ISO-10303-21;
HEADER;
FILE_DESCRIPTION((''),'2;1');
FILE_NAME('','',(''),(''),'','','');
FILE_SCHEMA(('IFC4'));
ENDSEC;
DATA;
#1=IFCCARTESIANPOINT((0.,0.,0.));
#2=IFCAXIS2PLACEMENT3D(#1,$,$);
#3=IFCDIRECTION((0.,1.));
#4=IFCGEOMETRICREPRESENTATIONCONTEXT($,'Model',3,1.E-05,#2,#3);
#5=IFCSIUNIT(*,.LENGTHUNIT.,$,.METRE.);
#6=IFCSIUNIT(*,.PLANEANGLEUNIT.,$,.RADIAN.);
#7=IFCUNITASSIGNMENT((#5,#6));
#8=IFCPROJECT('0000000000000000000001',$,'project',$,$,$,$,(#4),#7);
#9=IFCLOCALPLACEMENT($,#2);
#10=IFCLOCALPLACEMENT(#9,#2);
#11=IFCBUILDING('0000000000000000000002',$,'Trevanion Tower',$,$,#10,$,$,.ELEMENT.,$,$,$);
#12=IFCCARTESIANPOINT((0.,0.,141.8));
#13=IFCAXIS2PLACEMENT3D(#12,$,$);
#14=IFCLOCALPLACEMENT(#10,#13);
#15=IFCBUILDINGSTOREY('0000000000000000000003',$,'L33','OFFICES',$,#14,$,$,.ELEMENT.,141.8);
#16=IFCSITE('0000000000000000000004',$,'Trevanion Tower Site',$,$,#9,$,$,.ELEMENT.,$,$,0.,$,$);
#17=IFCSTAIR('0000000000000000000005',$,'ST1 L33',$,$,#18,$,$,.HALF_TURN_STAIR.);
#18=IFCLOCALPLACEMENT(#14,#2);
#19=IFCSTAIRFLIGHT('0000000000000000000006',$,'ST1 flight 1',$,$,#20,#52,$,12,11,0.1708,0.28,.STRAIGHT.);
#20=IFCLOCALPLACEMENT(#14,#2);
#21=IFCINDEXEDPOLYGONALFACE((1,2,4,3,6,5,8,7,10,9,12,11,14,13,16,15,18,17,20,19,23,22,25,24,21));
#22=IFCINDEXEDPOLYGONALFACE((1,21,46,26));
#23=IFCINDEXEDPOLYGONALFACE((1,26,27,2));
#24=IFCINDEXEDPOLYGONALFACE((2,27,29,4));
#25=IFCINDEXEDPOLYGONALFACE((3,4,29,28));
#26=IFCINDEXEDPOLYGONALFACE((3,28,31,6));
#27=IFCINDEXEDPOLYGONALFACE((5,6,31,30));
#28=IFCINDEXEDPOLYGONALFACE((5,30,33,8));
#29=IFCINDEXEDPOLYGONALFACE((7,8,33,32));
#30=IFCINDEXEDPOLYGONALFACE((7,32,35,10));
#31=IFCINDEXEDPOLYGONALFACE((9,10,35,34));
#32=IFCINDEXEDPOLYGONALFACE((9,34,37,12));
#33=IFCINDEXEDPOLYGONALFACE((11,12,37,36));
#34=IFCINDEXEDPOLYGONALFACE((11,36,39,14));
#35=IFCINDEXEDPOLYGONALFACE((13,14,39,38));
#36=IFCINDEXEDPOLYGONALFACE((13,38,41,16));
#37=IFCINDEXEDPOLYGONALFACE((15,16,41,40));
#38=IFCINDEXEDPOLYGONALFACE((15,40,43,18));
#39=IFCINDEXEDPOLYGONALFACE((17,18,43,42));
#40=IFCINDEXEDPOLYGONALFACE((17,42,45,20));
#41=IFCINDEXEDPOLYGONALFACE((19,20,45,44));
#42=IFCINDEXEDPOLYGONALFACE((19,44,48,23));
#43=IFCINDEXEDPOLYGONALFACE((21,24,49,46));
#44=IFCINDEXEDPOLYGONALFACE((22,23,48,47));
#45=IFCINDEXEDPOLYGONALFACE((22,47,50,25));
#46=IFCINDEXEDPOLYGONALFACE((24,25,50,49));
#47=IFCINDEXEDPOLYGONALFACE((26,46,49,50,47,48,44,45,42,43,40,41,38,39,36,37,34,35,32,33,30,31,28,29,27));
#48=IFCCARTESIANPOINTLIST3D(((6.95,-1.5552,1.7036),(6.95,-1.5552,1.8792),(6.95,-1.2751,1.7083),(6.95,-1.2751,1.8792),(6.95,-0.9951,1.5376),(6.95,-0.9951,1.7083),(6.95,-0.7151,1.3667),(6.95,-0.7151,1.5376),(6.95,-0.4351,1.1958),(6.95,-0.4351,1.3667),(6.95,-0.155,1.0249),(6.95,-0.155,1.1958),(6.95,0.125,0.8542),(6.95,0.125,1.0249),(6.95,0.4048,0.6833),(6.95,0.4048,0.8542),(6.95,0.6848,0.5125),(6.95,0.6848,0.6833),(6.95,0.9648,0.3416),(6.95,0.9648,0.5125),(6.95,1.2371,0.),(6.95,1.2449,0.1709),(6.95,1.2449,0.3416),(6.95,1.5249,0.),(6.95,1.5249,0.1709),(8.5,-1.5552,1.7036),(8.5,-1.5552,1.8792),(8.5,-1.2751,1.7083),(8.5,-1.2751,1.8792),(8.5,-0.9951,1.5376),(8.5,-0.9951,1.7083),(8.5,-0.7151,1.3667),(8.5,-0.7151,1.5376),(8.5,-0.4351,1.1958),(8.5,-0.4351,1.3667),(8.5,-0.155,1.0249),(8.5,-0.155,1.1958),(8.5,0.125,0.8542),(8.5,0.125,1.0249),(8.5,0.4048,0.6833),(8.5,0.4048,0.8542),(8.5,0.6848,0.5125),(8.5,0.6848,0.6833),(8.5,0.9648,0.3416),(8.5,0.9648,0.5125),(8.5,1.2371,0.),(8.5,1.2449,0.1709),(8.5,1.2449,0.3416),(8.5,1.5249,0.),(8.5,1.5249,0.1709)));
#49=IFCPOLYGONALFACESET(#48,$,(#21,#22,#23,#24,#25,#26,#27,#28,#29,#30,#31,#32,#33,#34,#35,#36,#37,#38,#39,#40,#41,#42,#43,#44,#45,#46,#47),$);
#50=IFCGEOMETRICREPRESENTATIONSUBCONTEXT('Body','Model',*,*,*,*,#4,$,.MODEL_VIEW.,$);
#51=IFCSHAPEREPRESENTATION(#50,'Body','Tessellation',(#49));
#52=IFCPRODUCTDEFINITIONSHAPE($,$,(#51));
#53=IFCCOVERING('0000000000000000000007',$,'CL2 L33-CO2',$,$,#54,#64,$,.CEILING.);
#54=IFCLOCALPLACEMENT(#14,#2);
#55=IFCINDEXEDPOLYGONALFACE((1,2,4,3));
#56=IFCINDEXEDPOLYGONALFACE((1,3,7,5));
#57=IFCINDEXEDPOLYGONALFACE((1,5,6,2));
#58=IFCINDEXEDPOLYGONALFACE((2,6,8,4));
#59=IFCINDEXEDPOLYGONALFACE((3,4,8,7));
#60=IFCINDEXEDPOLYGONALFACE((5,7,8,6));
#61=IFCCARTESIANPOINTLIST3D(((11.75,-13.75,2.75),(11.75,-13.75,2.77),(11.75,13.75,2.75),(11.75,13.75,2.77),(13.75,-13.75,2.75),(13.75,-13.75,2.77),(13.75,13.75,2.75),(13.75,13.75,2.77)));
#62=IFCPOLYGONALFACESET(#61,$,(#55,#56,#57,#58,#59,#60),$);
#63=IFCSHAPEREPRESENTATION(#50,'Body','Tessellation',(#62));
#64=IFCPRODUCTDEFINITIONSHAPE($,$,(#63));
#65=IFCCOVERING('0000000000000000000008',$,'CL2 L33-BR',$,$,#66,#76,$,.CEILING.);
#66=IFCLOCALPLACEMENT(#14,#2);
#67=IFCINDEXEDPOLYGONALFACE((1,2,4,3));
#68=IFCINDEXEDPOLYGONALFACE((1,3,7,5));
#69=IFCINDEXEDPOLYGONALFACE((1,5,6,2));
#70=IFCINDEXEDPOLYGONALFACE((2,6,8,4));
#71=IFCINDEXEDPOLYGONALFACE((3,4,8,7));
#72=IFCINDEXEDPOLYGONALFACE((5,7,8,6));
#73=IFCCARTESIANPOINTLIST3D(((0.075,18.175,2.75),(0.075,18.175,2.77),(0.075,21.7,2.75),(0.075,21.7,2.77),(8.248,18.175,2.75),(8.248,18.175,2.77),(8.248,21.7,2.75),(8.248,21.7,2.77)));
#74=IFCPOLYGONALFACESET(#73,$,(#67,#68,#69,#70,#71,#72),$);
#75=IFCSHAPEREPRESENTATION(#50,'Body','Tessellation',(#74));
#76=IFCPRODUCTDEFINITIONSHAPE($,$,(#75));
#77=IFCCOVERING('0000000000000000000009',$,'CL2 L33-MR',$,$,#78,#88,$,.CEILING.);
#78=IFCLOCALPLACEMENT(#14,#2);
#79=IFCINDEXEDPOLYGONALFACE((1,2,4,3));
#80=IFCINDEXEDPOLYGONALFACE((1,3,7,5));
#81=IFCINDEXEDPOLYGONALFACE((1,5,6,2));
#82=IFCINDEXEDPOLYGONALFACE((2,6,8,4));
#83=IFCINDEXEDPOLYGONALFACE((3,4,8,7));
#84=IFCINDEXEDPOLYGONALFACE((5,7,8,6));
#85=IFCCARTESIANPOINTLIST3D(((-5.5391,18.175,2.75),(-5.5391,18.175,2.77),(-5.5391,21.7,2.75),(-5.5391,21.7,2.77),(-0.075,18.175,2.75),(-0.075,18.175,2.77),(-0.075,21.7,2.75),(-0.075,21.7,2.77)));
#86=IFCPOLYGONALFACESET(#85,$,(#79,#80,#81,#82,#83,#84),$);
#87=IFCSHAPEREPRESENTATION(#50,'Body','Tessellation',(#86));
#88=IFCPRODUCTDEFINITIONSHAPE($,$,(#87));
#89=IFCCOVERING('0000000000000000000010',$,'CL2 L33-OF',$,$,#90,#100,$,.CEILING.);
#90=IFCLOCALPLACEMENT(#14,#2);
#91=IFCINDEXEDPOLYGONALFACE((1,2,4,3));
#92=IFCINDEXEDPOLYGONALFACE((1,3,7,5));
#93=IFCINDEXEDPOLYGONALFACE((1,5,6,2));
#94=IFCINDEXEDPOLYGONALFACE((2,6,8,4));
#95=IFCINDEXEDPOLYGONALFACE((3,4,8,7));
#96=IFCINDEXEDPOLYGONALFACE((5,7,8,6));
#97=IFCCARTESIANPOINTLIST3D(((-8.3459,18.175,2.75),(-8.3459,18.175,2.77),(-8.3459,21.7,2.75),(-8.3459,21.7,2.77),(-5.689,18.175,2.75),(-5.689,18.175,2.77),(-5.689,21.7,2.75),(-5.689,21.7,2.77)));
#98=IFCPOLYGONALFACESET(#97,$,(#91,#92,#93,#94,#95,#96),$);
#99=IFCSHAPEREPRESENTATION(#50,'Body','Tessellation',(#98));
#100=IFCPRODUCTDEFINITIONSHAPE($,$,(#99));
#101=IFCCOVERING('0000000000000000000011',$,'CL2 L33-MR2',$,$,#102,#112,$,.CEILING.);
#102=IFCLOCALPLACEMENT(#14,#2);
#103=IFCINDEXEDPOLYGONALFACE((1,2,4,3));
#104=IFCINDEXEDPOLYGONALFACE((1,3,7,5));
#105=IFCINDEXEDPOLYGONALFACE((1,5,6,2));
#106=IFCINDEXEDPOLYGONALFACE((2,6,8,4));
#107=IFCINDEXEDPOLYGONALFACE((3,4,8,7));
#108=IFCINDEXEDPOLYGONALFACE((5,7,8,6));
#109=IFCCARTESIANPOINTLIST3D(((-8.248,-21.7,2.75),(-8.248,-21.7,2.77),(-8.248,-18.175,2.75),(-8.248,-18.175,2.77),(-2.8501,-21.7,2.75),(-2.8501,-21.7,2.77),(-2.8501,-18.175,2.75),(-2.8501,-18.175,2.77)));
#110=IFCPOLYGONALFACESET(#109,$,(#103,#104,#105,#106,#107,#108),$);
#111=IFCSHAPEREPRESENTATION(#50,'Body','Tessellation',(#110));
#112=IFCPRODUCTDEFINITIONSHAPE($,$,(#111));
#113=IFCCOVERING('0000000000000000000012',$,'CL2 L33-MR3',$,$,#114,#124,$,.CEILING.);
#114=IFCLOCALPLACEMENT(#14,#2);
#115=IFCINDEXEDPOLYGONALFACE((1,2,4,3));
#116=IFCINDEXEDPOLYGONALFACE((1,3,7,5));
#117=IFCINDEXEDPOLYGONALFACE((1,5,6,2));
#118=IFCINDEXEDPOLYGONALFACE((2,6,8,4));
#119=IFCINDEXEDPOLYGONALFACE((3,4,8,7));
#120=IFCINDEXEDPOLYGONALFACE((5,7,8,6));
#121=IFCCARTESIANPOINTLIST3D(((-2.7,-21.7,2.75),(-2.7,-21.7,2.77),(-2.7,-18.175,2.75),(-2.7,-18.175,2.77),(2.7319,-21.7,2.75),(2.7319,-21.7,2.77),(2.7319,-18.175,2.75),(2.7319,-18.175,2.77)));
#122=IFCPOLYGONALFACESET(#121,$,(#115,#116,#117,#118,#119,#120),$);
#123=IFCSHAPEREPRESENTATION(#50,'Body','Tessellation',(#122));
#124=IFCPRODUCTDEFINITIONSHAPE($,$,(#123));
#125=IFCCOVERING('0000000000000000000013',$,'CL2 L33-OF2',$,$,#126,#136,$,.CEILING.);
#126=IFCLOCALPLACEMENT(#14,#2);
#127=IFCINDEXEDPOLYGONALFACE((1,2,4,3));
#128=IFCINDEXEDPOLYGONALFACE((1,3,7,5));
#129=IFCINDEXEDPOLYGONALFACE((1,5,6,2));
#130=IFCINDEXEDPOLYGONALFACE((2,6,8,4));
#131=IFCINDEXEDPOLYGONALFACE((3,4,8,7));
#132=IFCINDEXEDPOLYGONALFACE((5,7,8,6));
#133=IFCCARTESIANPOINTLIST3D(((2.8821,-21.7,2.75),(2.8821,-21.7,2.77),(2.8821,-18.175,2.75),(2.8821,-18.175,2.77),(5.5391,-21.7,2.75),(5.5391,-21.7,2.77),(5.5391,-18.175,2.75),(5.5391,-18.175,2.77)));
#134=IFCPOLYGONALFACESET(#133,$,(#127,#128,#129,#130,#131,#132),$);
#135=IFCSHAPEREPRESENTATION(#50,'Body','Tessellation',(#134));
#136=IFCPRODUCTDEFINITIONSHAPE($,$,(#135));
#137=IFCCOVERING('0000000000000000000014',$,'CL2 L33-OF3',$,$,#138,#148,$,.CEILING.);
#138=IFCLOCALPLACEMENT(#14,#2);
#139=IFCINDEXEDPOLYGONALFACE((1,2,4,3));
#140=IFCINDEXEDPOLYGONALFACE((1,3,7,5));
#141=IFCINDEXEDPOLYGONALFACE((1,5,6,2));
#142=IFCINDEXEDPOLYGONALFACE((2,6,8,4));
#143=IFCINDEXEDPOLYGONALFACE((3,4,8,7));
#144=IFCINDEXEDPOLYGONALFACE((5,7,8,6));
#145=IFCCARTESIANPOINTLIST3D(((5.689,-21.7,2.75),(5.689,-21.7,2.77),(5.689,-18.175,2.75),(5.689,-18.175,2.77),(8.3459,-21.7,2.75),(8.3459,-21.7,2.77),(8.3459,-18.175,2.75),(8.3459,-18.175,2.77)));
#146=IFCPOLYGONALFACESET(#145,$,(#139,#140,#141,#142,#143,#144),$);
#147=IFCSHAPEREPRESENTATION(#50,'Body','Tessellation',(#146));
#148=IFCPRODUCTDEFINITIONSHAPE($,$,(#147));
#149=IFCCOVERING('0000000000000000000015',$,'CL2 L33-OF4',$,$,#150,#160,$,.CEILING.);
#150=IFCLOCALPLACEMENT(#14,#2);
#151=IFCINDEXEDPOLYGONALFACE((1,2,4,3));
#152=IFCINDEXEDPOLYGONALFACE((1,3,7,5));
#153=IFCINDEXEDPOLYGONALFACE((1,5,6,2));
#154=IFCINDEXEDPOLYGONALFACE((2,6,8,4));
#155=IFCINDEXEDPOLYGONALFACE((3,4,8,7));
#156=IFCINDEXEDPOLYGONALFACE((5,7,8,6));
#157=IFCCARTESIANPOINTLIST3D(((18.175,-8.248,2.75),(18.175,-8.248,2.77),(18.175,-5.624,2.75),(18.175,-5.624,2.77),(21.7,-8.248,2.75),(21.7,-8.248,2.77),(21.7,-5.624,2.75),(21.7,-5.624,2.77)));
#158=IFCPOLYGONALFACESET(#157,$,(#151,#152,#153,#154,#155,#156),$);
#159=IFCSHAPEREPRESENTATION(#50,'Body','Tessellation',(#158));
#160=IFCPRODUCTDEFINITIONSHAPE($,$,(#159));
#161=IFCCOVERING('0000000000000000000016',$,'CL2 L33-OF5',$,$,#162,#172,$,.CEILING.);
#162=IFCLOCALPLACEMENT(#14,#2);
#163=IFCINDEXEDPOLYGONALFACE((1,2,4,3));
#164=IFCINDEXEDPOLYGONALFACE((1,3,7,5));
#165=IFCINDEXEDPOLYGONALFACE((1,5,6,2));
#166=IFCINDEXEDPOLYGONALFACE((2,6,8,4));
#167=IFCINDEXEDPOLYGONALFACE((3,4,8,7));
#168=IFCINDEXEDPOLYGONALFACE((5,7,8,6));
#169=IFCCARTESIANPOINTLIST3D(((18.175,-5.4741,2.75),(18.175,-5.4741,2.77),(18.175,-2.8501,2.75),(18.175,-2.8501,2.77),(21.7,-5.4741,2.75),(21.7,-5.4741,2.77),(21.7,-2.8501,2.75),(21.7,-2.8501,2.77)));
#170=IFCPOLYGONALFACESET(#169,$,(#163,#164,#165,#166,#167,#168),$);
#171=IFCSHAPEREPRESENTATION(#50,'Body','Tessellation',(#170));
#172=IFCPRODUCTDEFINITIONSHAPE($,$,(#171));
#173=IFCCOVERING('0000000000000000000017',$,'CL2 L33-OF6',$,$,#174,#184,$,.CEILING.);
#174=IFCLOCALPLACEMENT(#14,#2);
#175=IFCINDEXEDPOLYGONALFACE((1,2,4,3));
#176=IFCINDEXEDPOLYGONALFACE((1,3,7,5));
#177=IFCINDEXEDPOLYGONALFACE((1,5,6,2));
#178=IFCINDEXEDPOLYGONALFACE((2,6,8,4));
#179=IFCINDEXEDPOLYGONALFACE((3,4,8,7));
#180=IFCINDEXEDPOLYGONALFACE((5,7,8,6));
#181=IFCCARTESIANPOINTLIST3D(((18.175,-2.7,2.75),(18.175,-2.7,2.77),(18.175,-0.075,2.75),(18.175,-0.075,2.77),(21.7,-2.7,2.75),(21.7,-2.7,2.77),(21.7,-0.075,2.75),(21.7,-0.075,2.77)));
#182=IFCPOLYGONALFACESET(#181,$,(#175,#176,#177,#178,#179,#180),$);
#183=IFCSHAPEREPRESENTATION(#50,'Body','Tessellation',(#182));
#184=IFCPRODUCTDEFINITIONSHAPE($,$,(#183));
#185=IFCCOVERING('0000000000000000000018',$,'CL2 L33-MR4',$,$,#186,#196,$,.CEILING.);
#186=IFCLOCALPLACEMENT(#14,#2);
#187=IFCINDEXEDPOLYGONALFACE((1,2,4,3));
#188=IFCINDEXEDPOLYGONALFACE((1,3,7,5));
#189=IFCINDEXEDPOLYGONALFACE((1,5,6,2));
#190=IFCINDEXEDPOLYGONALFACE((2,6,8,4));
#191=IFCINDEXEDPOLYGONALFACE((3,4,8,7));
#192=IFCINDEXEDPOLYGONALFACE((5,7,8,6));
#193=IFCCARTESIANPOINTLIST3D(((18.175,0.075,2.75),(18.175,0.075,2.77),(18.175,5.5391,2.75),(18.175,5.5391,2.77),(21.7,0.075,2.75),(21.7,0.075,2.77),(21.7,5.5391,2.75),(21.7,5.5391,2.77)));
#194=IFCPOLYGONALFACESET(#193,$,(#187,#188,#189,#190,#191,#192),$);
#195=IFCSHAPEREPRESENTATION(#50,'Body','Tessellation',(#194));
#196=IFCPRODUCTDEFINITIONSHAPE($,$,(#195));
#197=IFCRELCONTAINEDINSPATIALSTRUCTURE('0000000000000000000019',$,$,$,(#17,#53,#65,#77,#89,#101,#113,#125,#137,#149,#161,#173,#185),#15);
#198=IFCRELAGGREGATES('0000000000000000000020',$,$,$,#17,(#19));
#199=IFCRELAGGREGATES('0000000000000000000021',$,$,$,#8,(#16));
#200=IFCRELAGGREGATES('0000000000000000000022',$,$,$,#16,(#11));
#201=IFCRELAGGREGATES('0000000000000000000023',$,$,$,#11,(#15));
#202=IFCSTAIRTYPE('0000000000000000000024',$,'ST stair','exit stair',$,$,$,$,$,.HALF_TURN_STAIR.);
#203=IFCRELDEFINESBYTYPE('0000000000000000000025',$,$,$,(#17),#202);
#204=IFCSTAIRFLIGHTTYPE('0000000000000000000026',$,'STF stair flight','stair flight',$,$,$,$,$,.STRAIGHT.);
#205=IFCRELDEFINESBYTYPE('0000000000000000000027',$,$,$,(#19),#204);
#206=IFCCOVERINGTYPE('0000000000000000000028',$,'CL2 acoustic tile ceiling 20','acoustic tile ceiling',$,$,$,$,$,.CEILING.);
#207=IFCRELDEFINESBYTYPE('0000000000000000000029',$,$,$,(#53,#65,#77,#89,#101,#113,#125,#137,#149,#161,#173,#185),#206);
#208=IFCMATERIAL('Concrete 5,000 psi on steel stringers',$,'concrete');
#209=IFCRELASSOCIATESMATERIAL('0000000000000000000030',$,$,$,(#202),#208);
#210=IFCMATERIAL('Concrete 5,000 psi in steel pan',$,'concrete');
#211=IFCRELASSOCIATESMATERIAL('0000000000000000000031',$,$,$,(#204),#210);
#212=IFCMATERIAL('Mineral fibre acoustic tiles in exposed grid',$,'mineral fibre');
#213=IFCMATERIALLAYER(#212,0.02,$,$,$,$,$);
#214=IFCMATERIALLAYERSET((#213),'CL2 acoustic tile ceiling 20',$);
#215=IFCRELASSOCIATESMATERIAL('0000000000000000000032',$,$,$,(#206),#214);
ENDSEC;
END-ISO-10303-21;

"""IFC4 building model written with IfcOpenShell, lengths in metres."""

from ifc_helpers import new_model, si_unit, direction, frame, origin, place, context, subcontext, project, spatial, polyline, outline, extrude, material, layer, layer_set, type_object, element, aggregate, save


model = new_model("IFC4")

# Units and contexts
model_context = context("Model", 3, precision=1e-05, world=origin(), true_north=direction((0.0, 1.0)))
body_context = subcontext(model_context, "Body", "Model", "MODEL_VIEW")
ifc_project = project(units=[si_unit("LENGTHUNIT", "METRE"), si_unit("PLANEANGLEUNIT", "RADIAN")], contexts=[model_context])

# Site, building, storey
site_placement = place(None, origin())
site = spatial("IfcSite", under=ifc_project, at=site_placement, Name="Trevanion Tower Site", CompositionType="ELEMENT", RefElevation=0.0)
building_placement = place(site_placement, origin())
building = spatial("IfcBuilding", under=site, at=building_placement, Name="Trevanion Tower", CompositionType="ELEMENT")
storey_placement = place(building_placement, frame((0.0, 0.0, 141.8)))
storey = spatial("IfcBuildingStorey", under=building, at=storey_placement, Name="L33", Description="OFFICES", CompositionType="ELEMENT", Elevation=141.8)

# Stair, stair flight
ifc_material_1 = material(Name="Concrete 5,000 psi on steel stringers", Category="concrete")
stair_type = type_object("IfcStairType", Name="ST stair", Description="exit stair", PredefinedType="HALF_TURN_STAIR", material=ifc_material_1)
stair_placement = place(storey_placement, origin())
stair = element("IfcStair", 1, at=stair_placement, inside=storey, type_object=stair_type, Name="ST1 L33", PredefinedType="HALF_TURN_STAIR")
ifc_material_2 = material(Name="Concrete 5,000 psi in steel pan", Category="concrete")
stair_flight_type = type_object("IfcStairFlightType", Name="STF stair flight", Description="stair flight", PredefinedType="STRAIGHT", material=ifc_material_2)
stair_flight_placement = place(storey_placement, frame((7.7251, 1.5249, 0.0), z_axis=(0.0, 0.0, 1.0), x_axis=(0.0, -1.0, 0.0)))
stair_flight = element("IfcStairFlight", 2, at=stair_flight_placement, type_object=stair_flight_type, Name="ST1 flight 1", NumberOfRisers=12, NumberOfTreads=11, PredefinedType="STRAIGHT", RiserHeight=0.1708, TreadLength=0.28, context=body_context, shape_type="SweptSolid", body=[
    extrude(outline(polyline([(0.0, 0.0), (0.0, 0.1709), (0.28, 0.1709), (0.28, 0.3416), (0.5601, 0.3416), (0.5601, 0.5125), (0.8401, 0.5125), (0.8401, 0.6833), (1.1201, 0.6833), (1.1201, 0.8542), (1.3999, 0.8542), (1.3999, 1.0249), (1.6799, 1.0249), (1.6799, 1.1958), (1.96, 1.1958), (1.96, 1.3667), (2.24, 1.3667), (2.24, 1.5376), (2.52, 1.5376), (2.52, 1.7083), (2.8, 1.7083), (2.8, 1.8792), (3.0801, 1.8792), (3.0801, 2.05), (3.0801, 1.7036), (0.2878, 0.0), (0.0, 0.0)])), frame((0.0, 0.7749, 0.0), z_axis=(0.0, -1.0, 0.0), x_axis=(1.0, 0.0, 0.0)), (0.0, 0.0, 1.0), 1.55),
])
aggregate(stair, [stair_flight])

# Coverings
ifc_material_3 = material(Name="Mineral fibre acoustic tiles in exposed grid", Category="mineral fibre")
ifc_layer_1 = layer(ifc_material_3, 0.02)
ifc_layer_set_1 = layer_set([ifc_layer_1], Name="CL2 acoustic tile ceiling 20")
covering_type_1 = type_object("IfcCoveringType", Name="CL2 acoustic tile ceiling 20", Description="acoustic tile ceiling", PredefinedType="CEILING", material=ifc_layer_set_1)
covering_1_placement = place(storey_placement, frame((0.0, 0.0, 2.75)))
element("IfcCovering", 3, at=covering_1_placement, inside=storey, type_object=covering_type_1, Name="CL2 L33-CO2", PredefinedType="CEILING", context=body_context, shape_type="SweptSolid", body=[
    extrude(outline(polyline([(11.75, 13.75), (13.75, 13.75), (13.75, -13.75), (11.75, -13.75), (11.75, 13.75)])), origin(), (0.0, 0.0, 1.0), 0.02),
])
covering_2_placement = place(storey_placement, frame((0.0, 0.0, 2.75)))
element("IfcCovering", 4, at=covering_2_placement, inside=storey, type_object=covering_type_1, Name="CL2 L33-BR", PredefinedType="CEILING", context=body_context, shape_type="SweptSolid", body=[
    extrude(outline(polyline([(8.248, 18.175), (0.075, 18.175), (0.075, 21.7), (8.248, 21.7), (8.248, 18.175)])), origin(), (0.0, 0.0, 1.0), 0.02),
])
covering_3_placement = place(storey_placement, frame((0.0, 0.0, 2.75)))
element("IfcCovering", 5, at=covering_3_placement, inside=storey, type_object=covering_type_1, Name="CL2 L33-MR", PredefinedType="CEILING", context=body_context, shape_type="SweptSolid", body=[
    extrude(outline(polyline([(-0.075, 18.175), (-5.5391, 18.175), (-5.5391, 21.7), (-0.075, 21.7), (-0.075, 18.175)])), origin(), (0.0, 0.0, 1.0), 0.02),
])
covering_4_placement = place(storey_placement, frame((0.0, 0.0, 2.75)))
element("IfcCovering", 6, at=covering_4_placement, inside=storey, type_object=covering_type_1, Name="CL2 L33-OF", PredefinedType="CEILING", context=body_context, shape_type="SweptSolid", body=[
    extrude(outline(polyline([(-5.689, 18.175), (-8.3459, 18.175), (-8.3459, 21.7), (-5.689, 21.7), (-5.689, 18.175)])), origin(), (0.0, 0.0, 1.0), 0.02),
])
covering_5_placement = place(storey_placement, frame((0.0, 0.0, 2.75)))
element("IfcCovering", 7, at=covering_5_placement, inside=storey, type_object=covering_type_1, Name="CL2 L33-MR2", PredefinedType="CEILING", context=body_context, shape_type="SweptSolid", body=[
    extrude(outline(polyline([(-8.248, -18.175), (-2.8501, -18.175), (-2.8501, -21.7), (-8.248, -21.7), (-8.248, -18.175)])), origin(), (0.0, 0.0, 1.0), 0.02),
])
covering_6_placement = place(storey_placement, frame((0.0, 0.0, 2.75)))
element("IfcCovering", 8, at=covering_6_placement, inside=storey, type_object=covering_type_1, Name="CL2 L33-MR3", PredefinedType="CEILING", context=body_context, shape_type="SweptSolid", body=[
    extrude(outline(polyline([(-2.7, -18.175), (2.7319, -18.175), (2.7319, -21.7), (-2.7, -21.7), (-2.7, -18.175)])), origin(), (0.0, 0.0, 1.0), 0.02),
])
covering_7_placement = place(storey_placement, frame((0.0, 0.0, 2.75)))
element("IfcCovering", 9, at=covering_7_placement, inside=storey, type_object=covering_type_1, Name="CL2 L33-OF2", PredefinedType="CEILING", context=body_context, shape_type="SweptSolid", body=[
    extrude(outline(polyline([(2.8821, -18.175), (5.5391, -18.175), (5.5391, -21.7), (2.8821, -21.7), (2.8821, -18.175)])), origin(), (0.0, 0.0, 1.0), 0.02),
])
covering_8_placement = place(storey_placement, frame((0.0, 0.0, 2.75)))
element("IfcCovering", 10, at=covering_8_placement, inside=storey, type_object=covering_type_1, Name="CL2 L33-OF3", PredefinedType="CEILING", context=body_context, shape_type="SweptSolid", body=[
    extrude(outline(polyline([(5.689, -18.175), (8.3459, -18.175), (8.3459, -21.7), (5.689, -21.7), (5.689, -18.175)])), origin(), (0.0, 0.0, 1.0), 0.02),
])
covering_9_placement = place(storey_placement, frame((0.0, 0.0, 2.75)))
element("IfcCovering", 11, at=covering_9_placement, inside=storey, type_object=covering_type_1, Name="CL2 L33-OF4", PredefinedType="CEILING", context=body_context, shape_type="SweptSolid", body=[
    extrude(outline(polyline([(18.175, -8.248), (18.175, -5.624), (21.7, -5.624), (21.7, -8.248), (18.175, -8.248)])), origin(), (0.0, 0.0, 1.0), 0.02),
])
covering_10_placement = place(storey_placement, frame((0.0, 0.0, 2.75)))
element("IfcCovering", 12, at=covering_10_placement, inside=storey, type_object=covering_type_1, Name="CL2 L33-OF5", PredefinedType="CEILING", context=body_context, shape_type="SweptSolid", body=[
    extrude(outline(polyline([(18.175, -5.4741), (18.175, -2.8501), (21.7, -2.8501), (21.7, -5.4741), (18.175, -5.4741)])), origin(), (0.0, 0.0, 1.0), 0.02),
])
covering_11_placement = place(storey_placement, frame((0.0, 0.0, 2.75)))
element("IfcCovering", 13, at=covering_11_placement, inside=storey, type_object=covering_type_1, Name="CL2 L33-OF6", PredefinedType="CEILING", context=body_context, shape_type="SweptSolid", body=[
    extrude(outline(polyline([(18.175, -2.7), (18.175, -0.075), (21.7, -0.075), (21.7, -2.7), (18.175, -2.7)])), origin(), (0.0, 0.0, 1.0), 0.02),
])
covering_12_placement = place(storey_placement, frame((0.0, 0.0, 2.75)))
element("IfcCovering", 14, at=covering_12_placement, inside=storey, type_object=covering_type_1, Name="CL2 L33-MR4", PredefinedType="CEILING", context=body_context, shape_type="SweptSolid", body=[
    extrude(outline(polyline([(18.175, 0.075), (18.175, 5.5391), (21.7, 5.5391), (21.7, 0.075), (18.175, 0.075)])), origin(), (0.0, 0.0, 1.0), 0.02),
])

save(model, "model.ifc")
